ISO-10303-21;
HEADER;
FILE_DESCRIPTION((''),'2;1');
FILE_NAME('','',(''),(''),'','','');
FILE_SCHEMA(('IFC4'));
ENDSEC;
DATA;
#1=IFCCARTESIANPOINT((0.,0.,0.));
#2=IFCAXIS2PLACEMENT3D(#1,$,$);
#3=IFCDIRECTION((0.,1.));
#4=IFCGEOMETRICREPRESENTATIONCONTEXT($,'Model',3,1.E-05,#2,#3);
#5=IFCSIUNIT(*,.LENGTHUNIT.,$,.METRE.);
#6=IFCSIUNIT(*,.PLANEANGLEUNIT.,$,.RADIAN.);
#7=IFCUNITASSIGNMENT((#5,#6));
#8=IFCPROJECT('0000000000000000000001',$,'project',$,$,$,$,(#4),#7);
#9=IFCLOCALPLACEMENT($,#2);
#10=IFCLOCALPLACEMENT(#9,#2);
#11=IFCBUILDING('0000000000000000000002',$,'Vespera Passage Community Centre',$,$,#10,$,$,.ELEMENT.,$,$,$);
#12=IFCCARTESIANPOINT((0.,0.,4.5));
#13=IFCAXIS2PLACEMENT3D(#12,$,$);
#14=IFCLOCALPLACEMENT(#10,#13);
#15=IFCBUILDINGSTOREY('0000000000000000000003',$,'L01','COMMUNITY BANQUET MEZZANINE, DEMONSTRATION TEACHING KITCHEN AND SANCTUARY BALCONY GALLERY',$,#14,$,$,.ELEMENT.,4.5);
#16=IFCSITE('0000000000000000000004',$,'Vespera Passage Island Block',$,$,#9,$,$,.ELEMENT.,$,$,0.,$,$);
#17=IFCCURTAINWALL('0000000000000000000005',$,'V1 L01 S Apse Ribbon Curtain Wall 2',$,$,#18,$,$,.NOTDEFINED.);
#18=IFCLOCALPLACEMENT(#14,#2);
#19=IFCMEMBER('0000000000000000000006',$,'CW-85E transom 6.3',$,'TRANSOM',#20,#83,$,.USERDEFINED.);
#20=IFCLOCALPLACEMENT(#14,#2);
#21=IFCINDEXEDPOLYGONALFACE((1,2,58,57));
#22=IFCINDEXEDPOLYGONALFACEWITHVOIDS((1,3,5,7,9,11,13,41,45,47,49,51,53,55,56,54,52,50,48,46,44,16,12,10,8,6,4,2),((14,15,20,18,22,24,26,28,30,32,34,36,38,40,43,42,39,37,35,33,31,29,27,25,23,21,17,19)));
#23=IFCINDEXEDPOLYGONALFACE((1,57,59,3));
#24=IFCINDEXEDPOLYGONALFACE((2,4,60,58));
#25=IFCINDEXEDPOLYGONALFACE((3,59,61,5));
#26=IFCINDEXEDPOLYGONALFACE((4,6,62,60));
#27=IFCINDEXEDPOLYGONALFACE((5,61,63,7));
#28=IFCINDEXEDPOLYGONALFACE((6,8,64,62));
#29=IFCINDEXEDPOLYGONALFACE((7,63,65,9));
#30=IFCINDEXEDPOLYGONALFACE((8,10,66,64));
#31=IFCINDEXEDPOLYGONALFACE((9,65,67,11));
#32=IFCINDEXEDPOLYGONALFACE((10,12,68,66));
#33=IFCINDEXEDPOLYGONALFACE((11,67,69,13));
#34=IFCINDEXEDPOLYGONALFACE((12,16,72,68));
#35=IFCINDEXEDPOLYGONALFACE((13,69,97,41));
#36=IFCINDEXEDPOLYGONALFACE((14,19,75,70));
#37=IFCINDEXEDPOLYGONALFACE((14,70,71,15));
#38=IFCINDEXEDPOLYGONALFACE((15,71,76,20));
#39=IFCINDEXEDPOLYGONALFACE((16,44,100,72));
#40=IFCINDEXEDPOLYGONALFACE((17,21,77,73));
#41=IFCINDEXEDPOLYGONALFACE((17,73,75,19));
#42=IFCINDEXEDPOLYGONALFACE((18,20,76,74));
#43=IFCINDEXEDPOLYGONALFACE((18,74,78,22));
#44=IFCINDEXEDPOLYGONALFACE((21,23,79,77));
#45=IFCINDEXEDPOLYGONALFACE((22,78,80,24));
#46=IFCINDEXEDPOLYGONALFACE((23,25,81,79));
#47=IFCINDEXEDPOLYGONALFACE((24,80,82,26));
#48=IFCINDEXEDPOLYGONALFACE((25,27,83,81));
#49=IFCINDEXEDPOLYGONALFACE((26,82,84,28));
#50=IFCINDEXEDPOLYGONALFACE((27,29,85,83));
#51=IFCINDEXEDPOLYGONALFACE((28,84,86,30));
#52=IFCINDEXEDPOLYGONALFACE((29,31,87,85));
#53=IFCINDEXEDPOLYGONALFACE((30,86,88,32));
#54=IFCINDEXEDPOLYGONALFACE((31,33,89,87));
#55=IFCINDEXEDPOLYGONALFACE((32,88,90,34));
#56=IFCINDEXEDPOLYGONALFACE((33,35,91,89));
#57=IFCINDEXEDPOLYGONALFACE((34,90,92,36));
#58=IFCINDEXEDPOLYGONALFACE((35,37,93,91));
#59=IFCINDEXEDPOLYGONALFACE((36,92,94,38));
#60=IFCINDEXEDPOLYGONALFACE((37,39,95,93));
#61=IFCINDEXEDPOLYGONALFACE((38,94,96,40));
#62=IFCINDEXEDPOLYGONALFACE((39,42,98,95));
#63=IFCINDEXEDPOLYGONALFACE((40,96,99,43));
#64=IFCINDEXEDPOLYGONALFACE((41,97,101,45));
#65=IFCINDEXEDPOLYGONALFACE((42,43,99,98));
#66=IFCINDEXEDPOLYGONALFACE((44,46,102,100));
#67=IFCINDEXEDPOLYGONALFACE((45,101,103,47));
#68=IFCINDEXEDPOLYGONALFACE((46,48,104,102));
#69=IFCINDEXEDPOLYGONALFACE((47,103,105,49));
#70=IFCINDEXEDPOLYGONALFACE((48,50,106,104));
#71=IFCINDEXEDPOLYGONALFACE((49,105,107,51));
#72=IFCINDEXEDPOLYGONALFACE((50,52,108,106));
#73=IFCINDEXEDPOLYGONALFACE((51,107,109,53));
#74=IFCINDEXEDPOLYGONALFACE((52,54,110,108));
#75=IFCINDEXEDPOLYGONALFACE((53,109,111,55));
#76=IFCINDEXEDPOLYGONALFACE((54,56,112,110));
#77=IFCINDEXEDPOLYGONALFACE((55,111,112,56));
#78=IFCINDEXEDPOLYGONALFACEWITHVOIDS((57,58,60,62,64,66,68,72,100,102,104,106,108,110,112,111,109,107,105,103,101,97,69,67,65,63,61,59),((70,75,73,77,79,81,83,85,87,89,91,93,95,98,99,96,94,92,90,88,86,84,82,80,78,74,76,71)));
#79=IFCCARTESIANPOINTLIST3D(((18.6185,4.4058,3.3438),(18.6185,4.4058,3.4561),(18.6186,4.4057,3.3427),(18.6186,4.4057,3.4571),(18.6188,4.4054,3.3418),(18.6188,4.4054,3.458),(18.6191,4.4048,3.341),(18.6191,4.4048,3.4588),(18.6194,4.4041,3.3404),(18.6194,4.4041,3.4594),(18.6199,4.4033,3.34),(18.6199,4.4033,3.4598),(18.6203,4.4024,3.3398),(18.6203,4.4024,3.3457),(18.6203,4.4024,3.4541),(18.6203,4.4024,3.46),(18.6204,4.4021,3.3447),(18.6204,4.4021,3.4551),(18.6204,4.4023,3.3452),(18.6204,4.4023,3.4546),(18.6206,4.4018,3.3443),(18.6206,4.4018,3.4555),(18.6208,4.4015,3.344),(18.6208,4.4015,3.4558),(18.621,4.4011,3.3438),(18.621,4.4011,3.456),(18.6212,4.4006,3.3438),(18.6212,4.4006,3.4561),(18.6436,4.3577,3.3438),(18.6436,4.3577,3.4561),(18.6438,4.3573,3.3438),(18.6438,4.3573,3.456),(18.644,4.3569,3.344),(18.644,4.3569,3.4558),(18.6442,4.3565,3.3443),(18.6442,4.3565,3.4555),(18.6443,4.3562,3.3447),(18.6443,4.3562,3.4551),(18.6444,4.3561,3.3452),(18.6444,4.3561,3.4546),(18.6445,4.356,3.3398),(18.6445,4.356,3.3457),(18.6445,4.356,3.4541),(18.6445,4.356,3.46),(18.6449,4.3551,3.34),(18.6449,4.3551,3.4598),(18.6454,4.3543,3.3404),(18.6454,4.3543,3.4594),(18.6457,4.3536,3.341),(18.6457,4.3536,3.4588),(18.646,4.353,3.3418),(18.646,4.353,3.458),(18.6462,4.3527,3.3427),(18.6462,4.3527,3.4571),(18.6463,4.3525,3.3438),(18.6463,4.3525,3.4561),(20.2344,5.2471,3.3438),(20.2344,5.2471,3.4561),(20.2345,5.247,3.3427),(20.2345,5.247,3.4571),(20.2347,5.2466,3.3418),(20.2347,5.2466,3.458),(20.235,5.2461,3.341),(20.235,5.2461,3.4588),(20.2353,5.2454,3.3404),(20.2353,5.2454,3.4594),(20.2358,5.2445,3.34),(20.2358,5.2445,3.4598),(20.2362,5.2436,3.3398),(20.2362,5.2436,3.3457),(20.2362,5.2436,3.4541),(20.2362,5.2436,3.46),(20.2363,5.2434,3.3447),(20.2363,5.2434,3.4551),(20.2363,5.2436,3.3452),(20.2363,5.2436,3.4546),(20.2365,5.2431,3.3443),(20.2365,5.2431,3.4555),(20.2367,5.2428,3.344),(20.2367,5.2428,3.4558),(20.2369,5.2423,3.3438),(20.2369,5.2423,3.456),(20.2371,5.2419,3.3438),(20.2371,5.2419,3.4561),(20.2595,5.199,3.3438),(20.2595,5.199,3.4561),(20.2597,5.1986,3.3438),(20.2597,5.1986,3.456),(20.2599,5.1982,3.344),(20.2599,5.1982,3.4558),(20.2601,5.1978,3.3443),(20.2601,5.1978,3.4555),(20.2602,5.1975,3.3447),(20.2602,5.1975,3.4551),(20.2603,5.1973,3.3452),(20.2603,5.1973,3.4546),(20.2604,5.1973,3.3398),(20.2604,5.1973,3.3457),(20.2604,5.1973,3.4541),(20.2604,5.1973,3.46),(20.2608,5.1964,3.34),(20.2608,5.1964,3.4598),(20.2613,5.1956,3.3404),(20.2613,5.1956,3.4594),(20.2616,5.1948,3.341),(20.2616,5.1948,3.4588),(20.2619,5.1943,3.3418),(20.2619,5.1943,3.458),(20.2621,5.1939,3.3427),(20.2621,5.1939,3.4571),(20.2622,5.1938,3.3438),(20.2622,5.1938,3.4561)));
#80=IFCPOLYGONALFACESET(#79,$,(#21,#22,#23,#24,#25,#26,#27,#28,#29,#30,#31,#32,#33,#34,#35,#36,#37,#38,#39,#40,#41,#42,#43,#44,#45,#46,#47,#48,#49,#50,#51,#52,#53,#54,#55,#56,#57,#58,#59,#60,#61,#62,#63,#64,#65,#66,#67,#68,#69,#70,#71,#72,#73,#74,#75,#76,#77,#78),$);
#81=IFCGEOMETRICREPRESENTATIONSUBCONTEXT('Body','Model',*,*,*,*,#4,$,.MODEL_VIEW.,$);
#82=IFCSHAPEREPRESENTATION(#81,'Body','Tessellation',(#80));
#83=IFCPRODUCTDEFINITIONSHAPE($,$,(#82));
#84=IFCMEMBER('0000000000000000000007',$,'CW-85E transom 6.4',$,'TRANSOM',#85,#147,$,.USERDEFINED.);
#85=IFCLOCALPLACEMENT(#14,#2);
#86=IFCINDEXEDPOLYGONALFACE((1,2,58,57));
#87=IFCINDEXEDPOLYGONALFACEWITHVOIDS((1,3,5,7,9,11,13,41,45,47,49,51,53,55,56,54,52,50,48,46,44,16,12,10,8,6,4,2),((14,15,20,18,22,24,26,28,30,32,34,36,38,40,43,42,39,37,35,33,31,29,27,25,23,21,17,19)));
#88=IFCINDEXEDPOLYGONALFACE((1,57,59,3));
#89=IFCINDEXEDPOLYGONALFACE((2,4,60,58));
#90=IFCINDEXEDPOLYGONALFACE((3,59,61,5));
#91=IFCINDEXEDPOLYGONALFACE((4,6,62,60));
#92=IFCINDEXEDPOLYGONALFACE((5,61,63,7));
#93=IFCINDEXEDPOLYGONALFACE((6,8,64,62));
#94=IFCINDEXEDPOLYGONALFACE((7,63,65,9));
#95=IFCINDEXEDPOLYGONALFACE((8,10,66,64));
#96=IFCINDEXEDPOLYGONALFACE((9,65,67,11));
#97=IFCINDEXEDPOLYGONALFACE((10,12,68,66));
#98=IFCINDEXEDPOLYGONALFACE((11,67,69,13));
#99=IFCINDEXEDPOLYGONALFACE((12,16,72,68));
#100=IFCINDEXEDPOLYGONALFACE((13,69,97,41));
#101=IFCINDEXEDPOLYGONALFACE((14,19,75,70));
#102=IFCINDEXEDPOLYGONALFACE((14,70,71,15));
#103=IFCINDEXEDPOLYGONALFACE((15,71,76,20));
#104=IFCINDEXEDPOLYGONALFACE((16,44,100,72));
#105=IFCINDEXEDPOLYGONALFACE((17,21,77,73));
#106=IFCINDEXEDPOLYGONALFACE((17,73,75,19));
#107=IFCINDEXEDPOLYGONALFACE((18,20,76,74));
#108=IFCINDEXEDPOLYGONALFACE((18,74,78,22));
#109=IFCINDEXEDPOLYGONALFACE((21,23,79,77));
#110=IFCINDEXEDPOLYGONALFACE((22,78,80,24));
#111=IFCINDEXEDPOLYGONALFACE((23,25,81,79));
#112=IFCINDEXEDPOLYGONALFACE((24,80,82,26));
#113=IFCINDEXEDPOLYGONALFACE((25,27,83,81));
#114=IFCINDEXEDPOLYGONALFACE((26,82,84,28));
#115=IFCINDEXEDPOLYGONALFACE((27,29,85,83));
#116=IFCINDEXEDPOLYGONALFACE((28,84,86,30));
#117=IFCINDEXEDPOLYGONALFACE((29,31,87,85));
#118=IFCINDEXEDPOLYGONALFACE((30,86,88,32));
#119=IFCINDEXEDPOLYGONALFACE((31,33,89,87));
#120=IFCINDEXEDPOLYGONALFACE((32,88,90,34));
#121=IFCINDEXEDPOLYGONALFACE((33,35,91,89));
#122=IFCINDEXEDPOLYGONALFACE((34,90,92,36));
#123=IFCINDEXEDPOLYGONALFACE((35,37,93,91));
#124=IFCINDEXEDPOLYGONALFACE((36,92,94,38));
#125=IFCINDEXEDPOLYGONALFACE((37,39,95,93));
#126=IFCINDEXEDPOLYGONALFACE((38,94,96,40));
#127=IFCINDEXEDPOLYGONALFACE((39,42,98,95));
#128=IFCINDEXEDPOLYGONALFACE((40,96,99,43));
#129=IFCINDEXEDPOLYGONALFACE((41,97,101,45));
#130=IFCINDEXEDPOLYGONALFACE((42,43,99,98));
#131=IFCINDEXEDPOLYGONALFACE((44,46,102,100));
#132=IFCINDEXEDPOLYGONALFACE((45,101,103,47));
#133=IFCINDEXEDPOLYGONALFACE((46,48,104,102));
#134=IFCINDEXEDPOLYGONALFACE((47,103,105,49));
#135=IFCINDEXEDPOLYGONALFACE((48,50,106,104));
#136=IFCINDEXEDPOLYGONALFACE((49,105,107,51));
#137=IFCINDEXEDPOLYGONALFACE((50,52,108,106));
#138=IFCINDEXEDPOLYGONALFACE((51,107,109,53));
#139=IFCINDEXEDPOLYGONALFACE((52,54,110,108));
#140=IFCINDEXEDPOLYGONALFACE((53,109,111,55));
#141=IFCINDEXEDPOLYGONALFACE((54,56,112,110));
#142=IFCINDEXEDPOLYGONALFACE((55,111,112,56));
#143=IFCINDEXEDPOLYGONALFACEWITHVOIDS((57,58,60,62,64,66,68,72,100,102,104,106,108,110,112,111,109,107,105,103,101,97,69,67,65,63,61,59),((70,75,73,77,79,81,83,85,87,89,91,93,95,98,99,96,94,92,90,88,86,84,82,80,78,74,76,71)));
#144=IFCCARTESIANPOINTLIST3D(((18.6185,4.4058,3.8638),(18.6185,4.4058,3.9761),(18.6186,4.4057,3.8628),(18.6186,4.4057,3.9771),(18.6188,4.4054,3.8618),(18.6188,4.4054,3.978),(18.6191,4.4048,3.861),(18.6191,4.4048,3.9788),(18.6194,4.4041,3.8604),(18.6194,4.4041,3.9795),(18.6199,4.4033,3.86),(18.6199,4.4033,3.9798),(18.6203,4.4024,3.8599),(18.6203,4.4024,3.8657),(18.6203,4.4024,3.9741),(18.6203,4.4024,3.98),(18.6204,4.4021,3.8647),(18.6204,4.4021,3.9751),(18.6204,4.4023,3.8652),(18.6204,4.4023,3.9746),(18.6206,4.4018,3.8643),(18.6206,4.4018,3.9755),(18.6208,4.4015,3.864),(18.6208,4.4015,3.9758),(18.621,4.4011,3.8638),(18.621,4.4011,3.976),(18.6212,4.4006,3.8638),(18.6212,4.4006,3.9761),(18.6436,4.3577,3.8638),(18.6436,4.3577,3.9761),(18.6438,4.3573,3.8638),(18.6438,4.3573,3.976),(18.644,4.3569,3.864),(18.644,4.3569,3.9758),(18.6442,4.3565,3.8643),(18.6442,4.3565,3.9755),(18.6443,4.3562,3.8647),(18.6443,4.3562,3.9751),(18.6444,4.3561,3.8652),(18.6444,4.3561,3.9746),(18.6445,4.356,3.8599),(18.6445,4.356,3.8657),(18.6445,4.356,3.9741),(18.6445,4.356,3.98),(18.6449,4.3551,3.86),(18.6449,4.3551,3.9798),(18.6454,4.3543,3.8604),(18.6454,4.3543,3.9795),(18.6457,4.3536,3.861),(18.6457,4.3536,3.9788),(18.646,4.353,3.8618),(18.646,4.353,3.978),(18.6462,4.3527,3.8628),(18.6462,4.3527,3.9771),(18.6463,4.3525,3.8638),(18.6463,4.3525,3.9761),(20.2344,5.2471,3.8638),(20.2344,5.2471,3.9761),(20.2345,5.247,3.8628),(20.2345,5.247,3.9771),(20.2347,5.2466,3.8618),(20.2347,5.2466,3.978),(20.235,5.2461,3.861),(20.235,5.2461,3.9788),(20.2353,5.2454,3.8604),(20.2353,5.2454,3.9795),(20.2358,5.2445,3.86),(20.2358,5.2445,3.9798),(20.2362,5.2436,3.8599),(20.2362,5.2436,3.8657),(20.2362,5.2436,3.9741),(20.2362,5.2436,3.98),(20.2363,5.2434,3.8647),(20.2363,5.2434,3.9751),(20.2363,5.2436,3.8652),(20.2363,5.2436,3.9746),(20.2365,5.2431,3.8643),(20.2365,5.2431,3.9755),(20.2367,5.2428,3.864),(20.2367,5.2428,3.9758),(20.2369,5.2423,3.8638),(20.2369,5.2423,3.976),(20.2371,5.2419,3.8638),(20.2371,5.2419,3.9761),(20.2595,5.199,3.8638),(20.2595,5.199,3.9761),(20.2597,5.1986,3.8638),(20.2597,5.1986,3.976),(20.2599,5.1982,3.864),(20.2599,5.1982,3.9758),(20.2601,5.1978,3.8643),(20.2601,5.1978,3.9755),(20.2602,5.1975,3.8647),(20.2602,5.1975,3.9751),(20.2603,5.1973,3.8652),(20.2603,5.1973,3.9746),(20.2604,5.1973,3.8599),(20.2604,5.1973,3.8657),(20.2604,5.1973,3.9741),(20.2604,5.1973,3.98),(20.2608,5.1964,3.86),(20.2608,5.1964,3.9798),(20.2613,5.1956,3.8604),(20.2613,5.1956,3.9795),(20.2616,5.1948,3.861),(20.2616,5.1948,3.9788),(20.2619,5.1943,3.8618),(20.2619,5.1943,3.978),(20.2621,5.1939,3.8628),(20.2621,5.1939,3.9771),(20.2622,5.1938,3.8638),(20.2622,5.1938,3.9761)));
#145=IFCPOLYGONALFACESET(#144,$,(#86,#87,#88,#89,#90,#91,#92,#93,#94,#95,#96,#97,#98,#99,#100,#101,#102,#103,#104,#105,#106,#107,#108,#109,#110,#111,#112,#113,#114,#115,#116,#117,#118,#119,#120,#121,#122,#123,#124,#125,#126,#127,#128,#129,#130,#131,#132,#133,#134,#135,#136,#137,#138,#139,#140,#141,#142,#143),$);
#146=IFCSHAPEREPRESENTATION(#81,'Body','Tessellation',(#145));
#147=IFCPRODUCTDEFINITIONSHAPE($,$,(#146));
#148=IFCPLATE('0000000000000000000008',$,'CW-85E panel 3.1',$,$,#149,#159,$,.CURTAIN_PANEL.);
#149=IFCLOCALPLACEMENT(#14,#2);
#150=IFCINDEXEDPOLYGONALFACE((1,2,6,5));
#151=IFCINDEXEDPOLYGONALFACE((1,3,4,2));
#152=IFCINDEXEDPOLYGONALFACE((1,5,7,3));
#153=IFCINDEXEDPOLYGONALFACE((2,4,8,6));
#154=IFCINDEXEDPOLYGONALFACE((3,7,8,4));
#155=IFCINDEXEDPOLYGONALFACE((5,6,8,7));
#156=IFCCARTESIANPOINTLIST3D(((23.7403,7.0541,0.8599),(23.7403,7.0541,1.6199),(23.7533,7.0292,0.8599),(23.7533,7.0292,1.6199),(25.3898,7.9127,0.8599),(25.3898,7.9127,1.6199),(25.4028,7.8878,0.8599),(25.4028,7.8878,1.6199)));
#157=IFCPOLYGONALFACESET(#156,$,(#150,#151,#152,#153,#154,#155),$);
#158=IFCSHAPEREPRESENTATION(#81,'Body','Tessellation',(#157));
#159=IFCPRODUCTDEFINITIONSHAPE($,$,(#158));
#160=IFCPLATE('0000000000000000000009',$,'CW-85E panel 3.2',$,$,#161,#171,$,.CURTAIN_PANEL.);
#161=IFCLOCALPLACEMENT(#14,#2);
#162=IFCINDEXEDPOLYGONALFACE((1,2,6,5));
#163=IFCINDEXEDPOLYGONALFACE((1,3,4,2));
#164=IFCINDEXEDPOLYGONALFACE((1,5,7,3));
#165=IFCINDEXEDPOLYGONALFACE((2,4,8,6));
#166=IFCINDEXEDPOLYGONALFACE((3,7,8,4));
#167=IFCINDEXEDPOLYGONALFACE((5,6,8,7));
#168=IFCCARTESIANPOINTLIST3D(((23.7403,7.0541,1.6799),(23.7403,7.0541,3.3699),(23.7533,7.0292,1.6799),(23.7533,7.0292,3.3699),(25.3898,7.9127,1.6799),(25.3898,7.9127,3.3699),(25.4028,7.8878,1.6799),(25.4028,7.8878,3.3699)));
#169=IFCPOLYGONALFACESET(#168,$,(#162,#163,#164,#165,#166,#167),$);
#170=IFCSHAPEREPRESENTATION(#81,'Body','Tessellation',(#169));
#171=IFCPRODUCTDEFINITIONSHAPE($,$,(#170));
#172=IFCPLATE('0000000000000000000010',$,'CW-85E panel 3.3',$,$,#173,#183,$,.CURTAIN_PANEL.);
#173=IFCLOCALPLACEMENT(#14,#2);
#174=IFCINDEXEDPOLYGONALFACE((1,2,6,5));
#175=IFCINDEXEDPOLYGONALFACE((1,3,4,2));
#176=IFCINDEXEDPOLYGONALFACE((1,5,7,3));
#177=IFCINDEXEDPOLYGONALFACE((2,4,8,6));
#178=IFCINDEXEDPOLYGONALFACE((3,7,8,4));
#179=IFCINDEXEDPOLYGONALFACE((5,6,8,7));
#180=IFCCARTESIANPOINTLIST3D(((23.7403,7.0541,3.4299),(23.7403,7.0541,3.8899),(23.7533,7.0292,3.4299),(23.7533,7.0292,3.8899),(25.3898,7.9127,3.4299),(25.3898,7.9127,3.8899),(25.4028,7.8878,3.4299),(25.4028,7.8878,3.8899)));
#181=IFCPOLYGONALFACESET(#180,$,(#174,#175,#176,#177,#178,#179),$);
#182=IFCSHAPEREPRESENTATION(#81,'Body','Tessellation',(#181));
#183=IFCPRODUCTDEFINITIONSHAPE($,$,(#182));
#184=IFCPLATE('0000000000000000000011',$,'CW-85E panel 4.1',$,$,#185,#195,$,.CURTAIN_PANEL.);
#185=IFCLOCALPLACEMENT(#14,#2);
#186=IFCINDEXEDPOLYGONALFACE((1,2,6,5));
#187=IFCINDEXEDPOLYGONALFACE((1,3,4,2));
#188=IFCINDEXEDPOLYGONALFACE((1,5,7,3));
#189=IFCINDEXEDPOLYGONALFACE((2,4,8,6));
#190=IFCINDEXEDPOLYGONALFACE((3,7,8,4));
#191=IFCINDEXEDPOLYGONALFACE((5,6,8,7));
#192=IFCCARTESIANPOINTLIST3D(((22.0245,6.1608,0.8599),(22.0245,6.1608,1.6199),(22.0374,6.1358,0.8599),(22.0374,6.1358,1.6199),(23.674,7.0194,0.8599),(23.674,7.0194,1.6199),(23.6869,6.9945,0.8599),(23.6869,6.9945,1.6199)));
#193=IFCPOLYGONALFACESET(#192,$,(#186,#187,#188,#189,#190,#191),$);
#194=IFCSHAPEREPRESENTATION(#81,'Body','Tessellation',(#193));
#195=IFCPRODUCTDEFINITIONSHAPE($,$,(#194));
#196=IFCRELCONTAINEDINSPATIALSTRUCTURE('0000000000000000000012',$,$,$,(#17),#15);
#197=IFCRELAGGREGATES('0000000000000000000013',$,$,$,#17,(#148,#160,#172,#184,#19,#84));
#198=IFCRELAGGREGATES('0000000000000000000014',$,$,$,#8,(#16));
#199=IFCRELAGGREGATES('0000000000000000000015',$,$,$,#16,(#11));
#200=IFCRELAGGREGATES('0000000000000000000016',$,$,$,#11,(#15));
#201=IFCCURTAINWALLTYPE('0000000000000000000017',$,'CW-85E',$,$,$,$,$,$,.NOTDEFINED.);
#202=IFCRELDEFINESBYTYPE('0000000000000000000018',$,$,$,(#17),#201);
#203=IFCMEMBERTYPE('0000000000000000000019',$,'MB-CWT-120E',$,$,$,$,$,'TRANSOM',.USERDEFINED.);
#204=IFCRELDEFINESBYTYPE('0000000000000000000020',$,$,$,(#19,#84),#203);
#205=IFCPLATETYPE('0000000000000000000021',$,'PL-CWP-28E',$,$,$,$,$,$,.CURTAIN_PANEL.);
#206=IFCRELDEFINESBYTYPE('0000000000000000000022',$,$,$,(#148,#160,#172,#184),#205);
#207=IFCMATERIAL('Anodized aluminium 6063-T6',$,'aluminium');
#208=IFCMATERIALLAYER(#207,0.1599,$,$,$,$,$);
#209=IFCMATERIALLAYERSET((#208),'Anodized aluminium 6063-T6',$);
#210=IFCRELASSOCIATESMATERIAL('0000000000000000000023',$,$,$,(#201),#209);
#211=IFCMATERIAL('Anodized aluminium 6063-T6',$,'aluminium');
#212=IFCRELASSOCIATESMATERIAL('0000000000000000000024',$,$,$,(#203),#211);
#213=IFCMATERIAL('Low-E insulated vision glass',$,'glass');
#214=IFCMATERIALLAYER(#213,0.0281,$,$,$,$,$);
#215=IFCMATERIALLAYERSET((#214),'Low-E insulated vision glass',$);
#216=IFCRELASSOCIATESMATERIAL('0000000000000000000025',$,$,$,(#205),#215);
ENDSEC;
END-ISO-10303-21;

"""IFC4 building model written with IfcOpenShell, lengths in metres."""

from ifc_helpers import new_model, si_unit, direction, frame, origin, origin_2d, place, context, subcontext, project, spatial, rectangle, hollow_rectangle, extrude, material, layer, layer_set, material_profile, profile_set, type_object, element, aggregate, save


model = new_model("IFC4")

# Units and contexts
model_context = context("Model", 3, precision=1e-05, world=origin(), true_north=direction((0.0, 1.0)))
body_context = subcontext(model_context, "Body", "Model", "MODEL_VIEW")
ifc_project = project(units=[si_unit("LENGTHUNIT", "METRE"), si_unit("PLANEANGLEUNIT", "RADIAN")], contexts=[model_context])

# Site, building, storey
site_placement = place(None, origin())
site = spatial("IfcSite", under=ifc_project, at=site_placement, Name="Vespera Passage Island Block", CompositionType="ELEMENT", RefElevation=0.0)
building_placement = place(site_placement, origin())
building = spatial("IfcBuilding", under=site, at=building_placement, Name="Vespera Passage Community Centre", CompositionType="ELEMENT")
storey_placement = place(building_placement, frame((0.0, 0.0, 4.5)))
storey = spatial("IfcBuildingStorey", under=building, at=storey_placement, Name="L01", Description="COMMUNITY BANQUET MEZZANINE, DEMONSTRATION TEACHING KITCHEN AND SANCTUARY BALCONY GALLERY", CompositionType="ELEMENT", Elevation=4.5)

# Curtain wall, members, plates
ifc_material_1 = material(Name="Anodized aluminium 6063-T6", Category="aluminium")
ifc_layer_1 = layer(ifc_material_1, 0.1599)
ifc_layer_set_1 = layer_set([ifc_layer_1], Name="Anodized aluminium 6063-T6")
curtain_wall_type = type_object("IfcCurtainWallType", Name="CW-85E", PredefinedType="NOTDEFINED", material=ifc_layer_set_1)
curtain_wall_placement = place(storey_placement, origin())
curtain_wall = element("IfcCurtainWall", 1, at=curtain_wall_placement, inside=storey, type_object=curtain_wall_type, Name="V1 L01 S Apse Ribbon Curtain Wall 2", PredefinedType="NOTDEFINED")
ifc_material_2 = material(Name="Anodized aluminium 6063-T6", Category="aluminium")
ifc_material_profile_1 = material_profile(ifc_material_2, hollow_rectangle(XDim=0.0601, YDim=0.1201, WallThickness=0.0039, InnerFilletRadius=0.002, OuterFilletRadius=0.0039, at=origin_2d()), Name="ALU120X60X4")
ifc_profile_set_1 = profile_set([ifc_material_profile_1], Name="Anodized aluminium 6063-T6")
member_type_1 = type_object("IfcMemberType", Name="MB-CWT-120E", ElementType="TRANSOM", PredefinedType="USERDEFINED", material=ifc_profile_set_1)
member_1_placement = place(storey_placement, frame((20.2483, 5.2205, 3.3999), z_axis=(-0.886991, -0.461787, 0.0), x_axis=(0.461787, -0.886991, 0.0)))
member_1 = element("IfcMember", 2, at=member_1_placement, type_object=member_type_1, Name="CW-85E transom 6.3", ObjectType="TRANSOM", PredefinedType="USERDEFINED", context=body_context, shape_type="SweptSolid", body=[
    extrude(hollow_rectangle(XDim=0.0601, YDim=0.1201, WallThickness=0.0039, InnerFilletRadius=0.002, OuterFilletRadius=0.0039, at=origin_2d()), origin(), (0.0, 0.0, 1.0), 1.8218),
])
member_2_placement = place(storey_placement, frame((20.2483, 5.2205, 3.9199), z_axis=(-0.886991, -0.461787, 0.0), x_axis=(0.461787, -0.886991, 0.0)))
member_2 = element("IfcMember", 3, at=member_2_placement, type_object=member_type_1, Name="CW-85E transom 6.4", ObjectType="TRANSOM", PredefinedType="USERDEFINED", context=body_context, shape_type="SweptSolid", body=[
    extrude(hollow_rectangle(XDim=0.0601, YDim=0.1201, WallThickness=0.0039, InnerFilletRadius=0.002, OuterFilletRadius=0.0039, at=origin_2d()), origin(), (0.0, 0.0, 1.0), 1.8218),
])
ifc_material_3 = material(Name="Low-E insulated vision glass", Category="glass")
ifc_layer_2 = layer(ifc_material_3, 0.0281)
ifc_layer_set_2 = layer_set([ifc_layer_2], Name="Low-E insulated vision glass")
plate_type = type_object("IfcPlateType", Name="PL-CWP-28E", PredefinedType="CURTAIN_PANEL", material=ifc_layer_set_2)
plate_1_placement = place(storey_placement, frame((24.5715, 7.4709, 0.8599), z_axis=(0.0, 0.0, 1.0), x_axis=(-0.887013, -0.461745, 0.0)))
plate_1 = element("IfcPlate", 4, at=plate_1_placement, type_object=plate_type, Name="CW-85E panel 3.1", PredefinedType="CURTAIN_PANEL", context=body_context, shape_type="SweptSolid", body=[
    extrude(rectangle(XDim=1.8596, YDim=0.0281, at=origin_2d()), origin(), (0.0, 0.0, 1.0), 0.76),
])
plate_2_placement = place(storey_placement, frame((24.5715, 7.4709, 1.6799), z_axis=(0.0, 0.0, 1.0), x_axis=(-0.887013, -0.461745, 0.0)))
plate_2 = element("IfcPlate", 5, at=plate_2_placement, type_object=plate_type, Name="CW-85E panel 3.2", PredefinedType="CURTAIN_PANEL", context=body_context, shape_type="SweptSolid", body=[
    extrude(rectangle(XDim=1.8596, YDim=0.0281, at=origin_2d()), origin(), (0.0, 0.0, 1.0), 1.6899),
])
plate_3_placement = place(storey_placement, frame((24.5715, 7.4709, 3.4299), z_axis=(0.0, 0.0, 1.0), x_axis=(-0.887013, -0.461745, 0.0)))
plate_3 = element("IfcPlate", 6, at=plate_3_placement, type_object=plate_type, Name="CW-85E panel 3.3", PredefinedType="CURTAIN_PANEL", context=body_context, shape_type="SweptSolid", body=[
    extrude(rectangle(XDim=1.8596, YDim=0.0281, at=origin_2d()), origin(), (0.0, 0.0, 1.0), 0.46),
])
plate_4_placement = place(storey_placement, frame((22.8557, 6.5776, 0.8599), z_axis=(0.0, 0.0, 1.0), x_axis=(-0.887013, -0.461745, 0.0)))
plate_4 = element("IfcPlate", 7, at=plate_4_placement, type_object=plate_type, Name="CW-85E panel 4.1", PredefinedType="CURTAIN_PANEL", context=body_context, shape_type="SweptSolid", body=[
    extrude(rectangle(XDim=1.8596, YDim=0.0281, at=origin_2d()), origin(), (0.0, 0.0, 1.0), 0.76),
])
aggregate(curtain_wall, [plate_1, plate_2, plate_3, plate_4, member_1, member_2])

save(model, "model.ifc")
